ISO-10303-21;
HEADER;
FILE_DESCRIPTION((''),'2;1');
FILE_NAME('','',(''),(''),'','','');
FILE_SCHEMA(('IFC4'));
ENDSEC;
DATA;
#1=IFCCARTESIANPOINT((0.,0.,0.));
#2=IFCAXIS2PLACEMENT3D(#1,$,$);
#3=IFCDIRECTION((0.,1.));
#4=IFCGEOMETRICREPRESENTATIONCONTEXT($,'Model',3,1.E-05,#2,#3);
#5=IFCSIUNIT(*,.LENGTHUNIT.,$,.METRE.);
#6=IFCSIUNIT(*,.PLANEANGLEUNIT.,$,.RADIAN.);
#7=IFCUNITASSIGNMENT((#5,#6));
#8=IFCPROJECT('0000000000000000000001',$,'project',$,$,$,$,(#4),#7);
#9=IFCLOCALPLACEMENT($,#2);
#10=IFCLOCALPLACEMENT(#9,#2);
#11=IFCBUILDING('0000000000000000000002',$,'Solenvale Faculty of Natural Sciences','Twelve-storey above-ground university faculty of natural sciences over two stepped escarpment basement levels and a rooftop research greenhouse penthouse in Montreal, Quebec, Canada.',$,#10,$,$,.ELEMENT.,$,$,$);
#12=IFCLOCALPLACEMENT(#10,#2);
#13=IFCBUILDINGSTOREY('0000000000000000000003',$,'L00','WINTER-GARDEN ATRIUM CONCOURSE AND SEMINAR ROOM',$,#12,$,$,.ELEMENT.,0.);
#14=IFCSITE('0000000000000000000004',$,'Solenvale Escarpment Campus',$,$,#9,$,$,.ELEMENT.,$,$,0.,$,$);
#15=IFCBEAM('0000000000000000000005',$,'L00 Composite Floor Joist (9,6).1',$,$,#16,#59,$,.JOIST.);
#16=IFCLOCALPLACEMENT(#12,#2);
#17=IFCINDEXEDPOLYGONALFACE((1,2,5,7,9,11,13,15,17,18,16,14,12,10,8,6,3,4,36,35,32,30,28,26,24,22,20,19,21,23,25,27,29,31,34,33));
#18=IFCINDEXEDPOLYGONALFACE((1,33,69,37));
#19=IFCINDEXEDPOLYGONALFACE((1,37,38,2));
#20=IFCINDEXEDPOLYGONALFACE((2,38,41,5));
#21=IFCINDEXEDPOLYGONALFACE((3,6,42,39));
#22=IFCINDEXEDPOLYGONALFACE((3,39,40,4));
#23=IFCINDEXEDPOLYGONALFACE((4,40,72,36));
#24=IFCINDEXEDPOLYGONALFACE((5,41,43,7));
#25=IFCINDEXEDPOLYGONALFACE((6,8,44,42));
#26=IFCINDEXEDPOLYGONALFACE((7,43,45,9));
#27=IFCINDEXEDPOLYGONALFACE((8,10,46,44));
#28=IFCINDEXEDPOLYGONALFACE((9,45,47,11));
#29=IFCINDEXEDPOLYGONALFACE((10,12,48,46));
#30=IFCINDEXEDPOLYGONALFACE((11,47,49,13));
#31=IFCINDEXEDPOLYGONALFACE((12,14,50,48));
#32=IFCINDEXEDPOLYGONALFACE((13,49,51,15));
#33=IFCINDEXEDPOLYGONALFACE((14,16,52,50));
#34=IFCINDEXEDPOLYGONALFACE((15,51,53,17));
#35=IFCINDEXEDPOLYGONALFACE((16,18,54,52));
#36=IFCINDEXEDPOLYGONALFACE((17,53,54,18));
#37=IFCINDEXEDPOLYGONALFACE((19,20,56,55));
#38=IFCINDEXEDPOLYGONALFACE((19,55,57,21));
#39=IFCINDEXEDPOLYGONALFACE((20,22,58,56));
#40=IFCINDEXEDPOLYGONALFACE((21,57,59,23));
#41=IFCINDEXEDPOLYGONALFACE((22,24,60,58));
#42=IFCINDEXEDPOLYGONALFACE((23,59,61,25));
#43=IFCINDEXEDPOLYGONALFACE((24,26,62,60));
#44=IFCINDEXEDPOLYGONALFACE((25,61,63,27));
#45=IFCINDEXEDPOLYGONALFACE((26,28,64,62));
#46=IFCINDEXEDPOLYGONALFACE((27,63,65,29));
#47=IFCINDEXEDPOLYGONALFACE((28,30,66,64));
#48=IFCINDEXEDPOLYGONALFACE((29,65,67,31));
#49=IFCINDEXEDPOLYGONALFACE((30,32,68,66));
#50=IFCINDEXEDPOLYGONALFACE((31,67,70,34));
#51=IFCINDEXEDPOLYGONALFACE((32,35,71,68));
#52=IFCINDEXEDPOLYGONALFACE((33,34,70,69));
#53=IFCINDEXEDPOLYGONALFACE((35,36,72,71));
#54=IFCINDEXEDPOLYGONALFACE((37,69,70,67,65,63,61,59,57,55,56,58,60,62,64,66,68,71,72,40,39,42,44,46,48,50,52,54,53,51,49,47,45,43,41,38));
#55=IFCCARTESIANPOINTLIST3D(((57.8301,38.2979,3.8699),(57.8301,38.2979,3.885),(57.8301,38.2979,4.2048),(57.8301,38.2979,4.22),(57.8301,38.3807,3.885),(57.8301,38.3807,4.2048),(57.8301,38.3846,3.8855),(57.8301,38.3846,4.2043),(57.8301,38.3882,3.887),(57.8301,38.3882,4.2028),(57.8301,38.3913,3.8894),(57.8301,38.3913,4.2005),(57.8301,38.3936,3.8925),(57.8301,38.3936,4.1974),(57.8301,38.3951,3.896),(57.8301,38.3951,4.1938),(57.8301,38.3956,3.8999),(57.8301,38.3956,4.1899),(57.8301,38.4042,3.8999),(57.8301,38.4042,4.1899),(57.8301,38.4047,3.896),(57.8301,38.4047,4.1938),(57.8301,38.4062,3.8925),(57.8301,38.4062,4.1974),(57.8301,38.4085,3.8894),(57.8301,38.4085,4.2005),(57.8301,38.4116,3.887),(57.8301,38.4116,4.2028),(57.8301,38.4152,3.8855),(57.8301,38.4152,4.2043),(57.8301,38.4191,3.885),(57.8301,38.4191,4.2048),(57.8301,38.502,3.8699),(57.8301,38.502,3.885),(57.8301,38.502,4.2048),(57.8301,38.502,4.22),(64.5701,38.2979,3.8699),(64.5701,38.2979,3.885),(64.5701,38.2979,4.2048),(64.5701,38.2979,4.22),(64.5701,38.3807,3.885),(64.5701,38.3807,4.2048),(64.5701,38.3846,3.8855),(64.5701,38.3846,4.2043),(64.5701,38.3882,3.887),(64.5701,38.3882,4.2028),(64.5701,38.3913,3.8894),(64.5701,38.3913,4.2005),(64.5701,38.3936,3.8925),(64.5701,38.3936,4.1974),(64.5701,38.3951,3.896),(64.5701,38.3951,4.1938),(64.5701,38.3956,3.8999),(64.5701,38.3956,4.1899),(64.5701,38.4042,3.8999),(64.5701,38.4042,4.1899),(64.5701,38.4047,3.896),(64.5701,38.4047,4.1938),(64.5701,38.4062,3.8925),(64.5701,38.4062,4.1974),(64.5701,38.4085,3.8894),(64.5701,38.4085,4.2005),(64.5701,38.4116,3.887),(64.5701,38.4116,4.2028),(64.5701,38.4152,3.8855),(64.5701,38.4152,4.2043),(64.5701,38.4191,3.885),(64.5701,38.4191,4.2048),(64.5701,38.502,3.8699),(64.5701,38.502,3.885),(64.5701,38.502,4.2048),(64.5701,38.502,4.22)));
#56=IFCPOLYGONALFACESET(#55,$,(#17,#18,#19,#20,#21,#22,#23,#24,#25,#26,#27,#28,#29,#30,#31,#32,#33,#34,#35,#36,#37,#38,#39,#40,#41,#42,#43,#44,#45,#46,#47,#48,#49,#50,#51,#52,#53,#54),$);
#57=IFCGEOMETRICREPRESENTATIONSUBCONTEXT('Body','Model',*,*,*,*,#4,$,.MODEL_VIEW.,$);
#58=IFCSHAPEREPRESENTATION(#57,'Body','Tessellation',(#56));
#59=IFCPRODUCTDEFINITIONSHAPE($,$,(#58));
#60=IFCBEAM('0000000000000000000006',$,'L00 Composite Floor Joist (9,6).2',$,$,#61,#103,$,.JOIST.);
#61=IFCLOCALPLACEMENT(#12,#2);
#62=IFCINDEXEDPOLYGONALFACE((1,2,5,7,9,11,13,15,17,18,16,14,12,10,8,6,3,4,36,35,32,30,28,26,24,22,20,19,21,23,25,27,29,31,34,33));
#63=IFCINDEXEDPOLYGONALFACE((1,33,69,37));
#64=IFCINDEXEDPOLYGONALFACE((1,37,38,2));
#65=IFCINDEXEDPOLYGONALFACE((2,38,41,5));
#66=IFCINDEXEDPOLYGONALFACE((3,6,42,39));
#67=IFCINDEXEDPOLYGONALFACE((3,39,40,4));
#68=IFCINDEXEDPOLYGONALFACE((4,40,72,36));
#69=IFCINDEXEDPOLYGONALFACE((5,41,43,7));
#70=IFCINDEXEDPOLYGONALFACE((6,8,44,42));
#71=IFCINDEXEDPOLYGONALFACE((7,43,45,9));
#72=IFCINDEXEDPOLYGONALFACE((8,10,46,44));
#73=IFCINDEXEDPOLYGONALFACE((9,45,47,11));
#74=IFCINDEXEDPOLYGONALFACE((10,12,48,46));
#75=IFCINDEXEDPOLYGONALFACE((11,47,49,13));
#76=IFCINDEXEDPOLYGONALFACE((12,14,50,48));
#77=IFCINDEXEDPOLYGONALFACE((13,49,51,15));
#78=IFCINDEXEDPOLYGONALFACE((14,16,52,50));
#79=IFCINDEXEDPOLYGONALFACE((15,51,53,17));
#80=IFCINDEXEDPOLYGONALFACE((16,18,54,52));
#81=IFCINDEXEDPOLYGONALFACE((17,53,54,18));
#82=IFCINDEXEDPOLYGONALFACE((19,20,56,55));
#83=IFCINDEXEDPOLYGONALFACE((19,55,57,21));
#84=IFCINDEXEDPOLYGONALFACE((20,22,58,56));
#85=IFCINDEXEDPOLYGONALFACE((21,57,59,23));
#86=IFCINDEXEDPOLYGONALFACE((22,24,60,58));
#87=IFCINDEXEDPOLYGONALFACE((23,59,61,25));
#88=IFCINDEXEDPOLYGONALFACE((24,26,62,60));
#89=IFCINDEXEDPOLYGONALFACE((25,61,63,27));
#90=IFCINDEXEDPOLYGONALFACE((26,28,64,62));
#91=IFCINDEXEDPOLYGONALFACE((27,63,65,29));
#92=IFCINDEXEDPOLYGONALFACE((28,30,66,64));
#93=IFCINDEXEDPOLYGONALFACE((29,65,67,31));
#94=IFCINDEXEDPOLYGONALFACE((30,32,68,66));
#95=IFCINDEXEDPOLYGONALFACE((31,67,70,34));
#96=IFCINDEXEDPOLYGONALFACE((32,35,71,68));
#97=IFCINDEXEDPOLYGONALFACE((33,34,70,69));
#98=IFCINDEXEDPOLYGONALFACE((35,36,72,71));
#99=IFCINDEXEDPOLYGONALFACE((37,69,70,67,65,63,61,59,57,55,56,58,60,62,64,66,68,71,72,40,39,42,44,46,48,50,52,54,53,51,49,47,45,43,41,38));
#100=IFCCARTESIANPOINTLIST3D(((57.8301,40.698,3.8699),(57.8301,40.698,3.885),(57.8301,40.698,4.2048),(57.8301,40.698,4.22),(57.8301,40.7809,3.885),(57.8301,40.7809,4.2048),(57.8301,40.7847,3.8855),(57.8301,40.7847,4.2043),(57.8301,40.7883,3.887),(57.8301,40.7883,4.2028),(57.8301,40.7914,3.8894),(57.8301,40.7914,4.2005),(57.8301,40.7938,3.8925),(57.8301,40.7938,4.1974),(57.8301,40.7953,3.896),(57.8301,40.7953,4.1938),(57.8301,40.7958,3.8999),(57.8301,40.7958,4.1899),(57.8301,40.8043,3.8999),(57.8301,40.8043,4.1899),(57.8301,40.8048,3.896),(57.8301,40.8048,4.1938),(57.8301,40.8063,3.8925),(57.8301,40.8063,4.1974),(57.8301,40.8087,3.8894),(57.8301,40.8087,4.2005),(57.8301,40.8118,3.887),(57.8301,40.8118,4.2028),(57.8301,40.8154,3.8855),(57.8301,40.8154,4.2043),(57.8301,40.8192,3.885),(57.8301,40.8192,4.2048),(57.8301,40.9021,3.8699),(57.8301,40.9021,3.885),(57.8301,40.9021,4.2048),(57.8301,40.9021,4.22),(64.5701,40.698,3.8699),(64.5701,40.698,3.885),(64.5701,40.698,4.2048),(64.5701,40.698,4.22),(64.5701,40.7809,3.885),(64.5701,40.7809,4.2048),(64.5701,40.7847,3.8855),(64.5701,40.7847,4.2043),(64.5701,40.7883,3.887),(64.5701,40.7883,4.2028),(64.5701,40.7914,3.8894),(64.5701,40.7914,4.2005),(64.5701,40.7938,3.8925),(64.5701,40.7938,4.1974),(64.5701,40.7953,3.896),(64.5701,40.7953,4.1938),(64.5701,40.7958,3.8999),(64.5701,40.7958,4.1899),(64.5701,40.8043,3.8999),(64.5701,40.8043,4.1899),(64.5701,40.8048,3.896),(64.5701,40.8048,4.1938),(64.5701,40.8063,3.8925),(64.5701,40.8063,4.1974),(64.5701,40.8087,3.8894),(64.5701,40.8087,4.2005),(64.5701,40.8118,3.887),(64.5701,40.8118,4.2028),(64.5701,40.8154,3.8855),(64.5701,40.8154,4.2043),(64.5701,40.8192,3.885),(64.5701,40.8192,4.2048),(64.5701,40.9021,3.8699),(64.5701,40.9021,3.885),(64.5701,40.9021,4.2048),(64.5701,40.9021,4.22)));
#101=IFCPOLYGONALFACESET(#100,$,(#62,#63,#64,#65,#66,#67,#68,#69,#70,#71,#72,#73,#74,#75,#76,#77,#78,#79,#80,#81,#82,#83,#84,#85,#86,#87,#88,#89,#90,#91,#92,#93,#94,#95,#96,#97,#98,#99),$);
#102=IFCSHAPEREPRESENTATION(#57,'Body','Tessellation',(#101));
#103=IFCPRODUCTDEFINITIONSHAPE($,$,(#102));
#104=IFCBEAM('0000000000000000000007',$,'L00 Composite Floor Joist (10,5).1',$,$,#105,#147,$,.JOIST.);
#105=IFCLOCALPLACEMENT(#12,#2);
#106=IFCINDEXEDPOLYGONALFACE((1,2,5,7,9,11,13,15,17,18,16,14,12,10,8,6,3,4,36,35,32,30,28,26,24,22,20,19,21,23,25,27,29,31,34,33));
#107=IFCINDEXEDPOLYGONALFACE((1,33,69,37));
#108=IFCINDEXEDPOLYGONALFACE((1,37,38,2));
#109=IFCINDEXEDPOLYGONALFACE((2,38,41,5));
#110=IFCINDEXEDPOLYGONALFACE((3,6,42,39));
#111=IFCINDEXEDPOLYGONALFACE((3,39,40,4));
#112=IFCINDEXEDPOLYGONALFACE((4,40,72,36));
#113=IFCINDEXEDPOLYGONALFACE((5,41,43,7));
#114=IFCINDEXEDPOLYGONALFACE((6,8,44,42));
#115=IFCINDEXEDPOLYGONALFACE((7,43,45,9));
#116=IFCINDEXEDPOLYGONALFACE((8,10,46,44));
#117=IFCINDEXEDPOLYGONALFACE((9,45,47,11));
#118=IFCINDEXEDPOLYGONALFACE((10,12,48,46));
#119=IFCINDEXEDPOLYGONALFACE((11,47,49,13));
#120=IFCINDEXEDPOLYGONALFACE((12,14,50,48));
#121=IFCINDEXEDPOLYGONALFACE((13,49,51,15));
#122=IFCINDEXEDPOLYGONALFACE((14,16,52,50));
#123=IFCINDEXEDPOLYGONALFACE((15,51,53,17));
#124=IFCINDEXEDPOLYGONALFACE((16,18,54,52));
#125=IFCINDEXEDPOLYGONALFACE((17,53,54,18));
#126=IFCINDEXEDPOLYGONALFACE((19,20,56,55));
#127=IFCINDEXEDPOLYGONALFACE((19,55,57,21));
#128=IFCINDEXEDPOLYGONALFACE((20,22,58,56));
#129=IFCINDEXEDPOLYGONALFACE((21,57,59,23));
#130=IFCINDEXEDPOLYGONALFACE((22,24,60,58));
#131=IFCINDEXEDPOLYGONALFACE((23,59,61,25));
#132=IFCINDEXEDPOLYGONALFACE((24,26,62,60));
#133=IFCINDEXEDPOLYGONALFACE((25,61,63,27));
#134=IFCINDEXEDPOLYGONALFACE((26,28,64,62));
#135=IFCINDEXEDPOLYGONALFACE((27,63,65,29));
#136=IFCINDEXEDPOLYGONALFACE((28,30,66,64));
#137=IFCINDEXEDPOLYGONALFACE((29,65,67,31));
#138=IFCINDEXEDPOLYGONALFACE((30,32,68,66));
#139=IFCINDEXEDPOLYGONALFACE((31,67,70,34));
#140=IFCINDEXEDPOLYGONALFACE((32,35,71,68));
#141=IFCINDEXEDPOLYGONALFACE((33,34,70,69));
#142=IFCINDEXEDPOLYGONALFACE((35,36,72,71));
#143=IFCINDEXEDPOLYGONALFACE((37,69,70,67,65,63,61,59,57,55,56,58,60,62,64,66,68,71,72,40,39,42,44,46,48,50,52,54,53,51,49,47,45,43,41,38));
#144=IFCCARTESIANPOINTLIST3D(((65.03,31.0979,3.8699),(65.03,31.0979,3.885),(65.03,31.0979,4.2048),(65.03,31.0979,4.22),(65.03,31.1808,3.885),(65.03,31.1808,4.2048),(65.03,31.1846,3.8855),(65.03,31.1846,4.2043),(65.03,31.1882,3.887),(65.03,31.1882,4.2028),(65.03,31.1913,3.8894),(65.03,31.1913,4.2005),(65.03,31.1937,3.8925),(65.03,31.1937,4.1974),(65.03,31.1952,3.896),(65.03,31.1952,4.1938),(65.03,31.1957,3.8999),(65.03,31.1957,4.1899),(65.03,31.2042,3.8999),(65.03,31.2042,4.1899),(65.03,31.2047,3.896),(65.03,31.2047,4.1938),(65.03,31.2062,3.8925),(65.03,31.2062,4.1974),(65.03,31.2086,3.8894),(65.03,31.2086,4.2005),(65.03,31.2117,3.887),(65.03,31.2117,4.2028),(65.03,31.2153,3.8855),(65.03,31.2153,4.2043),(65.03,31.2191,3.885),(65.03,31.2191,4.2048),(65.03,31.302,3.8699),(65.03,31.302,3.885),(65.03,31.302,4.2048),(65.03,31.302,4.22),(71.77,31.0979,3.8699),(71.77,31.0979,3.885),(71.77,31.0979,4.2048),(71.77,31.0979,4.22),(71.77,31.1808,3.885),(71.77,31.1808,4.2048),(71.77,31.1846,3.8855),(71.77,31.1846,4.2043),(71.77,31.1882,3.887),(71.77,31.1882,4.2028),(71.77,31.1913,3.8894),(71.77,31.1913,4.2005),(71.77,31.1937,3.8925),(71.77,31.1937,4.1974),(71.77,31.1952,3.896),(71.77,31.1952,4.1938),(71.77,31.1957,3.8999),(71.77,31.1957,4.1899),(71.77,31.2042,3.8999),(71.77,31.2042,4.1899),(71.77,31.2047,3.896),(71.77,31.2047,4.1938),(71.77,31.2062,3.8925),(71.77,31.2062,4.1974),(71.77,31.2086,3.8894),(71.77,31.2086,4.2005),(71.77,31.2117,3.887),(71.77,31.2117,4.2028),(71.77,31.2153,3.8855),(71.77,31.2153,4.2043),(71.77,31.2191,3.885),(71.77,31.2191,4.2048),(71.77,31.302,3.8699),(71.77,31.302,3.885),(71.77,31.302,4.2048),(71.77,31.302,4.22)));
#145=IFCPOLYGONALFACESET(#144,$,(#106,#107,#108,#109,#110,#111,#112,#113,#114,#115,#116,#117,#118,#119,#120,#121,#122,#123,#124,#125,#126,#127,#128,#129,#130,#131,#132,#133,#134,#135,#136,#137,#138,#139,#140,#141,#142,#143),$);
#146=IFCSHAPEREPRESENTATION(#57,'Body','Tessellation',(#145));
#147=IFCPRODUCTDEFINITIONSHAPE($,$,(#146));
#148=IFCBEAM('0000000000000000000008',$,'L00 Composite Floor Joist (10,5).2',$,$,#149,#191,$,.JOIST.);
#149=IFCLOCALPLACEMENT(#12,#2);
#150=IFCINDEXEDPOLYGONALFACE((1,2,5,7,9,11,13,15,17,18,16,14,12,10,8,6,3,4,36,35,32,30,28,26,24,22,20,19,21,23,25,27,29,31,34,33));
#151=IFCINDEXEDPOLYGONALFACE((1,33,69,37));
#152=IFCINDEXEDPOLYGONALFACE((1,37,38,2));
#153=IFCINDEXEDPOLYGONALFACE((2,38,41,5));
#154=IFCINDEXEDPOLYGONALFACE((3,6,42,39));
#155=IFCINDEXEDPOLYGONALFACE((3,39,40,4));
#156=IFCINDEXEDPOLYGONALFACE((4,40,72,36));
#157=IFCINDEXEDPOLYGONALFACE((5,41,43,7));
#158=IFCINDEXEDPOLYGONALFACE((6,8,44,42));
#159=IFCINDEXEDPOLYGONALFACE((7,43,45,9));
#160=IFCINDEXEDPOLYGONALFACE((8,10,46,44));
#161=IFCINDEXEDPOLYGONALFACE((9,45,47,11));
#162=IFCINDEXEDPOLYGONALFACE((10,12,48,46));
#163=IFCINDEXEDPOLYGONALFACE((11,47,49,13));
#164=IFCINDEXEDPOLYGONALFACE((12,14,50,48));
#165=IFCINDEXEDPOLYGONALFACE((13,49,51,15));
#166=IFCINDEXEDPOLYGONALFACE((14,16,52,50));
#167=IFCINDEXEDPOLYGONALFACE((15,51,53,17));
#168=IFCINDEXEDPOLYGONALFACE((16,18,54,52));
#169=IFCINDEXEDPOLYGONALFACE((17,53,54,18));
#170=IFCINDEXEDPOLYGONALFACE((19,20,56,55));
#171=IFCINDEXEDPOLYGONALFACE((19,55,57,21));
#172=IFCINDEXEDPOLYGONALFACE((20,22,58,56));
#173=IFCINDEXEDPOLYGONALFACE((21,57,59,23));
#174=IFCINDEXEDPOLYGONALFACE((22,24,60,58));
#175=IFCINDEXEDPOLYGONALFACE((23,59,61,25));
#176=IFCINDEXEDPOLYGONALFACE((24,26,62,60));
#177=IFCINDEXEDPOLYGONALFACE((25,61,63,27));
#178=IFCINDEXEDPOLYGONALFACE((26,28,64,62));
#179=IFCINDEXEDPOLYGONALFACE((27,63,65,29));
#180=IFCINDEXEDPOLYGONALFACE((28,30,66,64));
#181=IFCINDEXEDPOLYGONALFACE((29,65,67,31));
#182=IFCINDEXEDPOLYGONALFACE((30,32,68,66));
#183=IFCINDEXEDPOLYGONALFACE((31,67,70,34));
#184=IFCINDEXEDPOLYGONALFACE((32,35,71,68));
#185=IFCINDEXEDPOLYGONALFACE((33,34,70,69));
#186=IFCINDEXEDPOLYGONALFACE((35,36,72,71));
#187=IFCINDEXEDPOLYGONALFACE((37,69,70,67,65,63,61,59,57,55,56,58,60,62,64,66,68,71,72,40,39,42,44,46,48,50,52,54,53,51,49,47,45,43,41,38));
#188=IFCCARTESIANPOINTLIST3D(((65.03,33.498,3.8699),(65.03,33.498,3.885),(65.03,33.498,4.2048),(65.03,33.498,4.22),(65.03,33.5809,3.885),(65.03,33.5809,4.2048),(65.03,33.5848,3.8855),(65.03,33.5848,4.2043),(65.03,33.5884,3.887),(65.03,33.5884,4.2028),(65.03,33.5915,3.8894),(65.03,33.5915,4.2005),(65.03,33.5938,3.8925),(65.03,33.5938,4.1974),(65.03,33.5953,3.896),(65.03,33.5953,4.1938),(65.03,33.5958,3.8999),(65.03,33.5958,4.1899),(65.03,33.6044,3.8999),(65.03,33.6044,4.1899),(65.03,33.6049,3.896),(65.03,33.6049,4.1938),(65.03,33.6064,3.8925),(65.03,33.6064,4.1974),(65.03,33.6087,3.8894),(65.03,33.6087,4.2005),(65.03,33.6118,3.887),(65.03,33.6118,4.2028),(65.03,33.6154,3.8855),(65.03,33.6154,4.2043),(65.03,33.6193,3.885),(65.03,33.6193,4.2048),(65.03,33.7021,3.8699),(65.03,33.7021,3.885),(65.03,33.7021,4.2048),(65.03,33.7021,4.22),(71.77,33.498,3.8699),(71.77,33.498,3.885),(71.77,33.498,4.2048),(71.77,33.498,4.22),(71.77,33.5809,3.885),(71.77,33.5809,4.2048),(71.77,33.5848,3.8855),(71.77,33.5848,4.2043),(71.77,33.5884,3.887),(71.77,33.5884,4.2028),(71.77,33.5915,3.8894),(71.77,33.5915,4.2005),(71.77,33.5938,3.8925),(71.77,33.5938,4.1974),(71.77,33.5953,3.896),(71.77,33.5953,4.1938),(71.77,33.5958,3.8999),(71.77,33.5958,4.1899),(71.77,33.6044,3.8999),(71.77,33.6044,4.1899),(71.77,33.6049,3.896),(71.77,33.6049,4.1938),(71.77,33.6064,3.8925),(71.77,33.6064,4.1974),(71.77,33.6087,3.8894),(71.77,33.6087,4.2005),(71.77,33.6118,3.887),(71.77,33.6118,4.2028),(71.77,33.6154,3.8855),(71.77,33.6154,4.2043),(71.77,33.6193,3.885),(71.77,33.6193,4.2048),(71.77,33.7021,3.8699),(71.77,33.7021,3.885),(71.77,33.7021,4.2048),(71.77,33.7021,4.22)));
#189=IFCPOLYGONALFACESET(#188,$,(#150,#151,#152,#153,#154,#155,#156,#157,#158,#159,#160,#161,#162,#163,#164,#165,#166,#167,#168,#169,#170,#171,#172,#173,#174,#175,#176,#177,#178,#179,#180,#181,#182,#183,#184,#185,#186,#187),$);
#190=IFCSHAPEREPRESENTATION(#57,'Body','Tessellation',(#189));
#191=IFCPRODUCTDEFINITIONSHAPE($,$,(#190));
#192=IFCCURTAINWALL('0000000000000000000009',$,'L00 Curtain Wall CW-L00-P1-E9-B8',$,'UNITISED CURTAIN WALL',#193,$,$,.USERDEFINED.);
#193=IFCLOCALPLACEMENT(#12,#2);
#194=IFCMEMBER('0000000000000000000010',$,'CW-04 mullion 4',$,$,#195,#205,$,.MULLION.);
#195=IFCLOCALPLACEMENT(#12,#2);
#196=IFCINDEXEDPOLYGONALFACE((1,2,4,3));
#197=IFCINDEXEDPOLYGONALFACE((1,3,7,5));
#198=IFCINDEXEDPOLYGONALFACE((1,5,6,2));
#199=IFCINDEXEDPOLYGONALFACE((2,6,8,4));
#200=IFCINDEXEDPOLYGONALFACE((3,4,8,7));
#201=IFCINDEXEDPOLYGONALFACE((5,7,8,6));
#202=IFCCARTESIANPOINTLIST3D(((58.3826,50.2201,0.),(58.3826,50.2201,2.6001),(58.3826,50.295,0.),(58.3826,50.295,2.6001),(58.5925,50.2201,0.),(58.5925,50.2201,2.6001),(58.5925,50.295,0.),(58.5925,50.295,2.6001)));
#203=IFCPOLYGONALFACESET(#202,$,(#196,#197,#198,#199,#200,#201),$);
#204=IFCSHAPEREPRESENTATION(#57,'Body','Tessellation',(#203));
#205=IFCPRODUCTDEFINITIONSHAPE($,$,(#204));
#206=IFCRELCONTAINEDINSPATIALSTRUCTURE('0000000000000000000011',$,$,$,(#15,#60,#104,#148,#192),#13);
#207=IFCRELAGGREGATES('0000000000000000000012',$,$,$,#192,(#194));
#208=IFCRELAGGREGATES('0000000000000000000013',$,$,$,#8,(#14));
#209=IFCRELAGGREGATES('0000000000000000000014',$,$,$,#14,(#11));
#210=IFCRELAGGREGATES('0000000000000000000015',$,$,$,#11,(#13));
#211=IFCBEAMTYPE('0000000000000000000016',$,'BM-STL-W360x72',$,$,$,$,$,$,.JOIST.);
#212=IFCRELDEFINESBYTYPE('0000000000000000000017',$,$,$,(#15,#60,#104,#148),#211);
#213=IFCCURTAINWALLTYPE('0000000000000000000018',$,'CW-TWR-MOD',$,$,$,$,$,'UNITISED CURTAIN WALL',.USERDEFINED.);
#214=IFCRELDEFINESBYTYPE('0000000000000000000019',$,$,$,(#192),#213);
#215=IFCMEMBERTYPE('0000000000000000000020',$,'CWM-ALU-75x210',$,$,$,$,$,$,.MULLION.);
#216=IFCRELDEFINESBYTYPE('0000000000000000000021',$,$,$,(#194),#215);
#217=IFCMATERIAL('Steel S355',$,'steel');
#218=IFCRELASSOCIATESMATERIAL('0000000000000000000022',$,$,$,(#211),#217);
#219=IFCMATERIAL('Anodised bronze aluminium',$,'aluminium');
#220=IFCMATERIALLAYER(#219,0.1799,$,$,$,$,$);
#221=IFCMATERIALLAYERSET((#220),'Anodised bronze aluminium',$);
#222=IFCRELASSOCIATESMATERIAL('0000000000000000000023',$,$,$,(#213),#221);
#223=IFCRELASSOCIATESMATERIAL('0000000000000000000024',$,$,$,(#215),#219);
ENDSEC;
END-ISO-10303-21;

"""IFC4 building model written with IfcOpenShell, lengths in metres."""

from ifc_helpers import new_model, si_unit, direction, frame, origin, origin_2d, place, context, subcontext, project, spatial, rectangle, i_section, extrude, material, layer, layer_set, material_profile, profile_set, type_object, element, aggregate, save


model = new_model("IFC4")

# Units and contexts
model_context = context("Model", 3, precision=1e-05, world=origin(), true_north=direction((0.0, 1.0)))
body_context = subcontext(model_context, "Body", "Model", "MODEL_VIEW")
ifc_project = project(units=[si_unit("LENGTHUNIT", "METRE"), si_unit("PLANEANGLEUNIT", "RADIAN")], contexts=[model_context])

# Site, building, storey
site_placement = place(None, origin())
site = spatial("IfcSite", under=ifc_project, at=site_placement, Name="Solenvale Escarpment Campus", CompositionType="ELEMENT", RefElevation=0.0)
building_placement = place(site_placement, origin())
building = spatial("IfcBuilding", under=site, at=building_placement, Name="Solenvale Faculty of Natural Sciences", Description="Twelve-storey above-ground university faculty of natural sciences over two stepped escarpment basement levels and a rooftop research greenhouse penthouse in Montreal, Quebec, Canada.", CompositionType="ELEMENT")
storey_placement = place(building_placement, origin())
storey = spatial("IfcBuildingStorey", under=building, at=storey_placement, Name="L00", Description="WINTER-GARDEN ATRIUM CONCOURSE AND SEMINAR ROOM", CompositionType="ELEMENT", Elevation=0.0)

# Beams
ifc_material_1 = material(Name="Steel S355", Category="steel")
ifc_material_profile_1 = material_profile(ifc_material_1, i_section(OverallWidth=0.2041, OverallDepth=0.3501, WebThickness=0.0085, FlangeThickness=0.0151, FilletRadius=0.0149, at=origin_2d()), Name="W360x72")
ifc_profile_set_1 = profile_set([ifc_material_profile_1], Name="Steel S355")
beam_type_1 = type_object("IfcBeamType", Name="BM-STL-W360x72", PredefinedType="JOIST", material=ifc_profile_set_1)
for number, where, z_axis, x_axis, name in (
    (1, (57.8301, 38.3999, 4.0449), (1.0, 0.0, 0.0), (0.0, 1.0, 0.0), "L00 Composite Floor Joist (9,6).1"),
    (2, (57.8301, 40.8, 4.0449), (1.0, 0.0, 0.0), (0.0, 1.0, 0.0), "L00 Composite Floor Joist (9,6).2"),
    (3, (65.03, 31.2, 4.0449), (1.0, 0.0, 0.0), (0.0, 1.0, 0.0), "L00 Composite Floor Joist (10,5).1"),
    (4, (65.03, 33.6001, 4.0449), (1.0, 0.0, 0.0), (0.0, 1.0, 0.0), "L00 Composite Floor Joist (10,5).2"),
):
    element("IfcBeam", number, at=place(storey_placement, frame(where, z_axis=z_axis, x_axis=x_axis)), inside=storey, type_object=beam_type_1, Name=name, PredefinedType="JOIST", context=body_context, shape_type="SweptSolid", body=[
        extrude(i_section(OverallWidth=0.2041, OverallDepth=0.3501, WebThickness=0.0085, FlangeThickness=0.0151, FilletRadius=0.0149, at=origin_2d()), origin(), (0.0, 0.0, 1.0), 6.74),
    ])

# Curtain wall, member
ifc_material_2 = material(Name="Anodised bronze aluminium", Category="aluminium")
ifc_layer_1 = layer(ifc_material_2, 0.1799)
ifc_layer_set_1 = layer_set([ifc_layer_1], Name="Anodised bronze aluminium")
curtain_wall_type = type_object("IfcCurtainWallType", Name="CW-TWR-MOD", ElementType="UNITISED CURTAIN WALL", PredefinedType="USERDEFINED", material=ifc_layer_set_1)
curtain_wall_placement = place(storey_placement, origin())
curtain_wall = element("IfcCurtainWall", 5, at=curtain_wall_placement, inside=storey, type_object=curtain_wall_type, Name="L00 Curtain Wall CW-L00-P1-E9-B8", ObjectType="UNITISED CURTAIN WALL", PredefinedType="USERDEFINED")
ifc_material_profile_2 = material_profile(ifc_material_2, rectangle(XDim=0.075, YDim=0.21, at=origin_2d()), Name="ALU-MUL-75x210")
ifc_profile_set_2 = profile_set([ifc_material_profile_2], Name="Anodised bronze aluminium")
member_type_1 = type_object("IfcMemberType", Name="CWM-ALU-75x210", PredefinedType="MULLION", material=ifc_profile_set_2)
member_1_placement = place(storey_placement, frame((58.4875, 50.2576, 0.0), z_axis=(0.0, 0.0, 1.0), x_axis=(0.0, -1.0, 0.0)))
member_1 = element("IfcMember", 6, at=member_1_placement, type_object=member_type_1, Name="CW-04 mullion 4", PredefinedType="MULLION", context=body_context, shape_type="SweptSolid", body=[
    extrude(rectangle(XDim=0.075, YDim=0.21, at=origin_2d()), origin(), (0.0, 0.0, 1.0), 2.6001),
])
aggregate(curtain_wall, [member_1])

save(model, "model.ifc")
